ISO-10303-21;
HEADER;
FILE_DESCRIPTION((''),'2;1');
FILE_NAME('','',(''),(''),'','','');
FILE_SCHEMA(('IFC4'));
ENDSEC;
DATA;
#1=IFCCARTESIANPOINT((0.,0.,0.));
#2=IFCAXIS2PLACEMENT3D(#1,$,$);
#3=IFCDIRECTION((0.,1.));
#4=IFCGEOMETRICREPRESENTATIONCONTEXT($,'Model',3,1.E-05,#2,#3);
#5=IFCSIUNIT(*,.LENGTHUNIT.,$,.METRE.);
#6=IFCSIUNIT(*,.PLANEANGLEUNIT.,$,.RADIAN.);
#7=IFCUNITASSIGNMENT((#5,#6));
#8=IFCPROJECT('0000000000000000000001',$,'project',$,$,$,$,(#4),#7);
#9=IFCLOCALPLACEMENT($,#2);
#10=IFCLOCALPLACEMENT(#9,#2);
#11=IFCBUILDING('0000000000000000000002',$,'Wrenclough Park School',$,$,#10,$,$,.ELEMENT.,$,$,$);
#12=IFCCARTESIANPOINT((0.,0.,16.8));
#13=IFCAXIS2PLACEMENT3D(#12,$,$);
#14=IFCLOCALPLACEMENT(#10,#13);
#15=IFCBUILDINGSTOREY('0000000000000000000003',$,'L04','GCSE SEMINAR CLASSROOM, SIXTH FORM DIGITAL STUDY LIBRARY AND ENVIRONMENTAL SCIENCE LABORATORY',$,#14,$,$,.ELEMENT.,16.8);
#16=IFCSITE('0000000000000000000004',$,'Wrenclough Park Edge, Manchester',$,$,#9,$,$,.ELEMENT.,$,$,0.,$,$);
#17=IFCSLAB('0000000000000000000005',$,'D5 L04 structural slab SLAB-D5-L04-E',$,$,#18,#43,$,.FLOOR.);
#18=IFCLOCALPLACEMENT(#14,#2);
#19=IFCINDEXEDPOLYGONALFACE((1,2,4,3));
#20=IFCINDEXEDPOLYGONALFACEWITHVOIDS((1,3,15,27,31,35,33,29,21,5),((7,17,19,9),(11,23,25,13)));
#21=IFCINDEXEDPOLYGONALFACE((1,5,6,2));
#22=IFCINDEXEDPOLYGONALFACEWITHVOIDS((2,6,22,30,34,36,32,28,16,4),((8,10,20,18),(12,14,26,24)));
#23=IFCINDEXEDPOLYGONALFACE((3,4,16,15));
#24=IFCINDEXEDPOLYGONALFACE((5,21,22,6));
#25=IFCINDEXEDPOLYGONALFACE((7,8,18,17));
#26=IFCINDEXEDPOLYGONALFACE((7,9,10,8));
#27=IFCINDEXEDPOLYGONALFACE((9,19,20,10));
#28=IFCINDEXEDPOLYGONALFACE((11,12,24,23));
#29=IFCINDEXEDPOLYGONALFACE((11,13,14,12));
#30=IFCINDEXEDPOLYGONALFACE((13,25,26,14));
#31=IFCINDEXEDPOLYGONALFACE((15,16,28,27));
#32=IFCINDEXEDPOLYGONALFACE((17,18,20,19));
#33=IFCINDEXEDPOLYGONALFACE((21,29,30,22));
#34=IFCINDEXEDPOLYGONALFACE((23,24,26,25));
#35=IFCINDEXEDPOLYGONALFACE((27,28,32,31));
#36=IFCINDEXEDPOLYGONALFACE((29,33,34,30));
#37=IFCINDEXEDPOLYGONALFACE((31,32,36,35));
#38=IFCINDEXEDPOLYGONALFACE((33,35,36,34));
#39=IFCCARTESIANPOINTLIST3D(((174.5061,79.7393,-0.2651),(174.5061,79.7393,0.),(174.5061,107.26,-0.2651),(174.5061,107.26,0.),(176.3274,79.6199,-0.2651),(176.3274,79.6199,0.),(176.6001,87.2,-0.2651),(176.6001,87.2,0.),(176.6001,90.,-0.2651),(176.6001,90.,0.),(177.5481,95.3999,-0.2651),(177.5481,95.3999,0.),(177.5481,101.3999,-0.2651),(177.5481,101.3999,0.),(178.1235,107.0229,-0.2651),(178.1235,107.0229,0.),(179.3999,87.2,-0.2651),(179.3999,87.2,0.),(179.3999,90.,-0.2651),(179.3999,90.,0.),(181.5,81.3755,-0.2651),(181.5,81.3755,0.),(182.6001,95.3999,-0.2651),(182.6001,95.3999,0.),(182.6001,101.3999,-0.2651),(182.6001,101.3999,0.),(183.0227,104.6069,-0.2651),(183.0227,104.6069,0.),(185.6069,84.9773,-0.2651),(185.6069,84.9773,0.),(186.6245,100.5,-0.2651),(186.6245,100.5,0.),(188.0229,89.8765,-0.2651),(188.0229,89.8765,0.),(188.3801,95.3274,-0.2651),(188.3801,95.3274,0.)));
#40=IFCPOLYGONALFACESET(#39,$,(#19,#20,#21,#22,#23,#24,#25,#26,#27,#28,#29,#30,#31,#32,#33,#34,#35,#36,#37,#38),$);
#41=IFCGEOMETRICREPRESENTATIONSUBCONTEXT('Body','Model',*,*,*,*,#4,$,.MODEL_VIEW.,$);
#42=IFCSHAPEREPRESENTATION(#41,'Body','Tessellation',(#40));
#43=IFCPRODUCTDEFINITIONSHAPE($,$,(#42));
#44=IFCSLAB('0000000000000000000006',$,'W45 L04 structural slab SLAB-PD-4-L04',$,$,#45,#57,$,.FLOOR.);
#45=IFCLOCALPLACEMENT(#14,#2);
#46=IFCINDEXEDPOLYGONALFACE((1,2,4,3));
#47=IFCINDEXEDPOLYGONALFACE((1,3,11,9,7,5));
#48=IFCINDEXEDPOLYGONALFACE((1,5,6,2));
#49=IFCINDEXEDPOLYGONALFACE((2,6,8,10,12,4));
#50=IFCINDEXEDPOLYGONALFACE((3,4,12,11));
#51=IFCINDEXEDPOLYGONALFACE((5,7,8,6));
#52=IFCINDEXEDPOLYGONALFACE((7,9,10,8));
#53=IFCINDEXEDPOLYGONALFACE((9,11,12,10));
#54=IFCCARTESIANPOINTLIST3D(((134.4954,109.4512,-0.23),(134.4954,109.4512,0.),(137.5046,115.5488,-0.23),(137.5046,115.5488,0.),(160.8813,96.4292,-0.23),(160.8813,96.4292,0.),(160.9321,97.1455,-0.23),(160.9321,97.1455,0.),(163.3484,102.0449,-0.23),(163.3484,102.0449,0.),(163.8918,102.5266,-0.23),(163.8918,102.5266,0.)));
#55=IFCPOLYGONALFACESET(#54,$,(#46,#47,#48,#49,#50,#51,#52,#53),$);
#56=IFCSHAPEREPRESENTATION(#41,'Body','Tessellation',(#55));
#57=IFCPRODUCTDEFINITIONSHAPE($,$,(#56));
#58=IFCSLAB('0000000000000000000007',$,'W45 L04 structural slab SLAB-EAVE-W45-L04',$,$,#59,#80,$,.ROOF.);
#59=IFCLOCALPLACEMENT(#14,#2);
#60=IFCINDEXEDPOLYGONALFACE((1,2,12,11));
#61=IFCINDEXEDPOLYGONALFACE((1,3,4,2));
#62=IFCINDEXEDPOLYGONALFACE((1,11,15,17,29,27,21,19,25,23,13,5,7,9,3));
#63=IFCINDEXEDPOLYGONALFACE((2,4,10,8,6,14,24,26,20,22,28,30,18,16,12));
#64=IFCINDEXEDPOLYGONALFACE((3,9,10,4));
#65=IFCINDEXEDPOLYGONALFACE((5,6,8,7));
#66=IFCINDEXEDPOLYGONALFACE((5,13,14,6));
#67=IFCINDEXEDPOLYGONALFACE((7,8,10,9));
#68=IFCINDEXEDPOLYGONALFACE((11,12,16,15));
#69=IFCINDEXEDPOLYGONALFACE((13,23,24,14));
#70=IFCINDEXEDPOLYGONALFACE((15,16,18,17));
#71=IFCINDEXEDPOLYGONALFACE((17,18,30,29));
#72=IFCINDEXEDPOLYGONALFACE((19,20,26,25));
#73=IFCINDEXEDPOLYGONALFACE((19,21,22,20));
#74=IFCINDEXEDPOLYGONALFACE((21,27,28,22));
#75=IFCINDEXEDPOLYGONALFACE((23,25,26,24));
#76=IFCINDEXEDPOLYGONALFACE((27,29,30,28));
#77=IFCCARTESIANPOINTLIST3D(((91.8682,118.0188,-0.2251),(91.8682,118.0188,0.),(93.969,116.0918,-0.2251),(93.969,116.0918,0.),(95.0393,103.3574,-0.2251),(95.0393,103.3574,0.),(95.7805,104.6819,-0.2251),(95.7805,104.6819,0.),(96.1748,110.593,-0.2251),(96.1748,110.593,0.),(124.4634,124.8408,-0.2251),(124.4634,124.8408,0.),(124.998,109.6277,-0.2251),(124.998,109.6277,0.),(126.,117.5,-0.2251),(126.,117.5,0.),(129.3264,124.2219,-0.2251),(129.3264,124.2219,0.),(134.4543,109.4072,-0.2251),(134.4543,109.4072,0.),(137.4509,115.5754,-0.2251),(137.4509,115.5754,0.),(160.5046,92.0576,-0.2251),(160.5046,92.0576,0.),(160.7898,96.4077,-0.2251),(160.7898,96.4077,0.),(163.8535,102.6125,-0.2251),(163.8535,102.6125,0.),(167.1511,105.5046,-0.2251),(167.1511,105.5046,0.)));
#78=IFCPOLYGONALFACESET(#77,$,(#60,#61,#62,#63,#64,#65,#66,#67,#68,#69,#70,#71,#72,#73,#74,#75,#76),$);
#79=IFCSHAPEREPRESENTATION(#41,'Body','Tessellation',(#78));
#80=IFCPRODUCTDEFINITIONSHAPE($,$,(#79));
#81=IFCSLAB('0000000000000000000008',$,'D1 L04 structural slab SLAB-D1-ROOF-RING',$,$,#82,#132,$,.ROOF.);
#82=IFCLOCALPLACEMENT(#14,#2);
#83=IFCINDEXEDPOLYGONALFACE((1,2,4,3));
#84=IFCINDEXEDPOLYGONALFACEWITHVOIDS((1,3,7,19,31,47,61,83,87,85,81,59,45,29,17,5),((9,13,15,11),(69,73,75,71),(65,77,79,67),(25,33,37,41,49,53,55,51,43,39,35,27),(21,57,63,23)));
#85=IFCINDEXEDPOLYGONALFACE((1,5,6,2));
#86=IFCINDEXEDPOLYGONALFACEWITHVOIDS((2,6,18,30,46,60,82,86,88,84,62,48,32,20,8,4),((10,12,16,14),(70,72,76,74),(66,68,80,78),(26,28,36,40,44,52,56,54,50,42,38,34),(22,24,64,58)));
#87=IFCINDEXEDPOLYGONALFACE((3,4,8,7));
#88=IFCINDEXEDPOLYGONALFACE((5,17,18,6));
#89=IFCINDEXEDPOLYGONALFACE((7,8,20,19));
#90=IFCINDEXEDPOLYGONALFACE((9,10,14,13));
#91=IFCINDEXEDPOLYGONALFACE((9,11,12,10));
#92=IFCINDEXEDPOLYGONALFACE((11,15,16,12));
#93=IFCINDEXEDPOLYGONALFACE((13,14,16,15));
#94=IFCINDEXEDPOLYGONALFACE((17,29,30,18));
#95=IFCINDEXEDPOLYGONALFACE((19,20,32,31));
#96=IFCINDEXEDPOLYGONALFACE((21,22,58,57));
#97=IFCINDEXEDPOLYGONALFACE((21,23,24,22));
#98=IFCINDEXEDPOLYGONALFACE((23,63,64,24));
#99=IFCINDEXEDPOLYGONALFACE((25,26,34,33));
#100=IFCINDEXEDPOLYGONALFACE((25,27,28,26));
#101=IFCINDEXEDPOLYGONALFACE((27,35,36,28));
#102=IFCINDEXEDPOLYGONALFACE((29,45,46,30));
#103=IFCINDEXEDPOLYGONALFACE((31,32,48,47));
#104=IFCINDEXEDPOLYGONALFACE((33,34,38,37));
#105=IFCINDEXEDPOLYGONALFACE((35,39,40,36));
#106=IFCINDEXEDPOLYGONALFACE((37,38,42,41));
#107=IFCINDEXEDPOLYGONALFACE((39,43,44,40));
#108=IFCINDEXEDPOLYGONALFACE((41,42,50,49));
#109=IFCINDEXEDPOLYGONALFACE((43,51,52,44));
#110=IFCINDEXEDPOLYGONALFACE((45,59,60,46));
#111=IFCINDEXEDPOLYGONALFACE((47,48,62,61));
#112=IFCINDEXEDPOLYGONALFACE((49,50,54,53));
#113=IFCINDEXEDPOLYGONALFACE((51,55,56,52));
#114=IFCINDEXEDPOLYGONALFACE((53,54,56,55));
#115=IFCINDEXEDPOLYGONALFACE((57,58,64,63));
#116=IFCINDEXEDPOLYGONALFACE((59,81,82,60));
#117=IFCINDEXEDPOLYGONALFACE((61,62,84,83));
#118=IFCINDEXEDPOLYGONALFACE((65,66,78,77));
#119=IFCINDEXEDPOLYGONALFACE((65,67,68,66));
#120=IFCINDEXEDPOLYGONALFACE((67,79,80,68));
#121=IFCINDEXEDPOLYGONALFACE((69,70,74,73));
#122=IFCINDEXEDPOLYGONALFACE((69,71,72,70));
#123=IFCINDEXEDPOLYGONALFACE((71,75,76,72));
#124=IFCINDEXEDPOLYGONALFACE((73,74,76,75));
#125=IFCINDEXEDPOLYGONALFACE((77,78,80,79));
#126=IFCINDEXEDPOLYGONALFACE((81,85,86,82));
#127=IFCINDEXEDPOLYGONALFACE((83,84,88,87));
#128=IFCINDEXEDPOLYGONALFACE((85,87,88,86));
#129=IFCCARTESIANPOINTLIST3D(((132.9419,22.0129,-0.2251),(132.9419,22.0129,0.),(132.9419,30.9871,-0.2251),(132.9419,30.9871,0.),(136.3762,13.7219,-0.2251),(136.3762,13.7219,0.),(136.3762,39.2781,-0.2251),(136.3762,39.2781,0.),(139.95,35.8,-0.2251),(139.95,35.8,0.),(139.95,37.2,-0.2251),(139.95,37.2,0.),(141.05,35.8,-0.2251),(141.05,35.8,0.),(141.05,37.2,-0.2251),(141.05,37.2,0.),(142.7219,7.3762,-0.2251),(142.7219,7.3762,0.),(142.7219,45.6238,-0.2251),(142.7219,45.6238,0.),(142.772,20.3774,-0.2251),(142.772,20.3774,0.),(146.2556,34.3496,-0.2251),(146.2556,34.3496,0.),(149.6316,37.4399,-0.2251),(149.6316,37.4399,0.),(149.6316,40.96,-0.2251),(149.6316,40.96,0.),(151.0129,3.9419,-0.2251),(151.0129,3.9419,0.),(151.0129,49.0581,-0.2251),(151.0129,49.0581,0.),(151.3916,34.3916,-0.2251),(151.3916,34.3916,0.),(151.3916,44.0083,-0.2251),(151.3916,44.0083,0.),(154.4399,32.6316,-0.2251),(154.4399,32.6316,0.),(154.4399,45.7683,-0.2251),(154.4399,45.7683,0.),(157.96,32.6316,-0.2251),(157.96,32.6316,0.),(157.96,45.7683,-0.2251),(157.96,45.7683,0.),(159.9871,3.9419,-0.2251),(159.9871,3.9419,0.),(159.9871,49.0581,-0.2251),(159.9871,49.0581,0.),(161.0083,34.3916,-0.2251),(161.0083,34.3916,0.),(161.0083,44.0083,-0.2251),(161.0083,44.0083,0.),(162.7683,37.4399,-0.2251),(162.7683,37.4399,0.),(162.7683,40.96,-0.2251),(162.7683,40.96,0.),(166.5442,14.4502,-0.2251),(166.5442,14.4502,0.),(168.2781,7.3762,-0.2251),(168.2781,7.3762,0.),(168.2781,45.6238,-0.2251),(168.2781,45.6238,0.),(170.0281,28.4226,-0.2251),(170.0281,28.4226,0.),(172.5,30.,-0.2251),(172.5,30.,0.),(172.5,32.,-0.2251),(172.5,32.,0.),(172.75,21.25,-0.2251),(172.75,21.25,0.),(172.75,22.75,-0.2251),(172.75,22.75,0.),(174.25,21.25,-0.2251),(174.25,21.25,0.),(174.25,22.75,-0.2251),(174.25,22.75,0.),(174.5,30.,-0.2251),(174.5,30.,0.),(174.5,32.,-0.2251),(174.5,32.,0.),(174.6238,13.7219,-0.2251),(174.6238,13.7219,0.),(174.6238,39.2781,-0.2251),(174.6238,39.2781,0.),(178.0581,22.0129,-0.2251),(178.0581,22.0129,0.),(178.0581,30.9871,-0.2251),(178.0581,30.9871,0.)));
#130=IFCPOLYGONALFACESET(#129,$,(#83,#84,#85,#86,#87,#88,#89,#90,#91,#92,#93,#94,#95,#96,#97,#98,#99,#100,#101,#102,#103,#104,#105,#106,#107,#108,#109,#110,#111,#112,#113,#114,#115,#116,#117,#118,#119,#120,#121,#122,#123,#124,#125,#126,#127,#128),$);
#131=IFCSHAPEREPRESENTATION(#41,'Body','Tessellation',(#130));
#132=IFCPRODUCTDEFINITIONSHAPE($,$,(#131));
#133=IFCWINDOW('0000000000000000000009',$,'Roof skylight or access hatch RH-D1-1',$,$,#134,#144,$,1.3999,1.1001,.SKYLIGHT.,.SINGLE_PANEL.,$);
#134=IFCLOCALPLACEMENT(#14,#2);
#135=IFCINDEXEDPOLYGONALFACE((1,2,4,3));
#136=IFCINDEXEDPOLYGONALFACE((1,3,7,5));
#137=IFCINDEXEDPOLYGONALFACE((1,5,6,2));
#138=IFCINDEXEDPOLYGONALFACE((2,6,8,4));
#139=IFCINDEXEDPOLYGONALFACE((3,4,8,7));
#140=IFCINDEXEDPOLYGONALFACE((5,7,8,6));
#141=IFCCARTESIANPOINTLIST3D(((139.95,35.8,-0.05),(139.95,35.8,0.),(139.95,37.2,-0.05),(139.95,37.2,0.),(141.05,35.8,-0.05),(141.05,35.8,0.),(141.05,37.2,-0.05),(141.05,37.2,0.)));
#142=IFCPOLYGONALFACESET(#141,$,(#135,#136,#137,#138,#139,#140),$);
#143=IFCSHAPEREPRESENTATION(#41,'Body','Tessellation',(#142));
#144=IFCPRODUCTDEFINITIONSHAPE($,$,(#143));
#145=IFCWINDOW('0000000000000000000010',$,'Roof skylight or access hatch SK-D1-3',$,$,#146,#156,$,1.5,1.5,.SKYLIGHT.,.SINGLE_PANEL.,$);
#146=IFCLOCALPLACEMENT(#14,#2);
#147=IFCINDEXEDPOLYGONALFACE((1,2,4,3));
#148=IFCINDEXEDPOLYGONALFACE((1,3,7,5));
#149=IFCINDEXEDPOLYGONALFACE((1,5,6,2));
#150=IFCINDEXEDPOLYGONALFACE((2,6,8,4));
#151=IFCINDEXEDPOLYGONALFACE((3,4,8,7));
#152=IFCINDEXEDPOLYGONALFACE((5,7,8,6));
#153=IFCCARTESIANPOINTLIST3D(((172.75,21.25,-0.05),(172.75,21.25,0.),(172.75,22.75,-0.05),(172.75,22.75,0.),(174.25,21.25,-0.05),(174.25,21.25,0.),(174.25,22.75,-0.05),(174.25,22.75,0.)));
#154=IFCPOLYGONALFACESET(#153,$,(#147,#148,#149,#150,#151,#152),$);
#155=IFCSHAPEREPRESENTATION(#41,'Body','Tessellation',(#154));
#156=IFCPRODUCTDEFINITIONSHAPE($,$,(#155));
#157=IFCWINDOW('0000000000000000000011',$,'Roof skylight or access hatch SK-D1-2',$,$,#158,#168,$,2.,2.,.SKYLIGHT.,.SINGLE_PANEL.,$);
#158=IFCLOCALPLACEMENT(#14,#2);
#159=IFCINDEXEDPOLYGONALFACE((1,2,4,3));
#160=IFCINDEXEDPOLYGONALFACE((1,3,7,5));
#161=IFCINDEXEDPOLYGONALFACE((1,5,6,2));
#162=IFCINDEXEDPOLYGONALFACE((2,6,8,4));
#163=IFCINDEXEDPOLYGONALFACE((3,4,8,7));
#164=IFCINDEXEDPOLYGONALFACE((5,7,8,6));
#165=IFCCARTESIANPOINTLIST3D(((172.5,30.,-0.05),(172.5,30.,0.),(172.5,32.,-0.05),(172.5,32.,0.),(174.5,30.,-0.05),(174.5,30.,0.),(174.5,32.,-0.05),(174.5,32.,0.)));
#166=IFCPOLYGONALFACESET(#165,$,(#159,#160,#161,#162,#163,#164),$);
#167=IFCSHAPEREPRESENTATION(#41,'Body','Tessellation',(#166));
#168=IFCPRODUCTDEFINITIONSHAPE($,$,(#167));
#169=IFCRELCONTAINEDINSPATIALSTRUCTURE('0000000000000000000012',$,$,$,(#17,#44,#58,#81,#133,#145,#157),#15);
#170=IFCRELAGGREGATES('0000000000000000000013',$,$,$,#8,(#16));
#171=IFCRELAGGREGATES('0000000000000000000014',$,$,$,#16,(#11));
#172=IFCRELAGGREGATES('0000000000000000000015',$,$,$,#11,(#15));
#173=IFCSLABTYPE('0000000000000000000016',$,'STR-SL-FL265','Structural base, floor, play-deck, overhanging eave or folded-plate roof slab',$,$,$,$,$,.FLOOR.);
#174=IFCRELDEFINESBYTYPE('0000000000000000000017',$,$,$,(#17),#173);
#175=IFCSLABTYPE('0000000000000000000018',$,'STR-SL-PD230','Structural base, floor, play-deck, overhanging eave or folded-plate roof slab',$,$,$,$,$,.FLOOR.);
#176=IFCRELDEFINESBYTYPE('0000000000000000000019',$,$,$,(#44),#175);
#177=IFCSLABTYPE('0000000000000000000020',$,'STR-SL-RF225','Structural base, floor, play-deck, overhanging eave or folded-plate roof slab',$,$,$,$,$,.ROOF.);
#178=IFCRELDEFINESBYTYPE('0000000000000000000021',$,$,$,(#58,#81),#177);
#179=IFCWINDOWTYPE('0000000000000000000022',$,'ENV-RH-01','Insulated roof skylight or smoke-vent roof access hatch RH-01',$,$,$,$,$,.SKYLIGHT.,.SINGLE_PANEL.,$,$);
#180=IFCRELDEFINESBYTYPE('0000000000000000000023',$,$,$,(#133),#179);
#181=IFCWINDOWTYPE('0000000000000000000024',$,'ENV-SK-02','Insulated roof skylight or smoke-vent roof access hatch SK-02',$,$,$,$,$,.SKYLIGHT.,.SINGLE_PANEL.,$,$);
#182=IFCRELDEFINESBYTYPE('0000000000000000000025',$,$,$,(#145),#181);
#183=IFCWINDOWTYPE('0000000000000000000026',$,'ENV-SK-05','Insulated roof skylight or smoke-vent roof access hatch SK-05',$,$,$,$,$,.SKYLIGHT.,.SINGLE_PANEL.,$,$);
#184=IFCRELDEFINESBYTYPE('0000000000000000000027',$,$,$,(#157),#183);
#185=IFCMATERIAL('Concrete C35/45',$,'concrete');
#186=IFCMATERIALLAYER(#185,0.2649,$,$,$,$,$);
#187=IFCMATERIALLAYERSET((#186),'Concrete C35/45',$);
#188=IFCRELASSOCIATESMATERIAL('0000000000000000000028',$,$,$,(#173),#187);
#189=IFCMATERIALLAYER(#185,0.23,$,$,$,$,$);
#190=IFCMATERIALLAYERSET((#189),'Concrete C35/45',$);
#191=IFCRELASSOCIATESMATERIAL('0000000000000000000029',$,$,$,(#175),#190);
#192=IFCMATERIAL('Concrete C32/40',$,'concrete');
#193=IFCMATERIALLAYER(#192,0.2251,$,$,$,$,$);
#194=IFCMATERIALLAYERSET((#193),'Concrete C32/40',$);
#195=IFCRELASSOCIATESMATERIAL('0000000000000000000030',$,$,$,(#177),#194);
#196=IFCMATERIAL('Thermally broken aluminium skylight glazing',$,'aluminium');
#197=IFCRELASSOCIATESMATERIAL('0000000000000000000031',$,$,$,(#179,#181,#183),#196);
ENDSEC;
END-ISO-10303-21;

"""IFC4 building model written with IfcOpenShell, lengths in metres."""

from ifc_helpers import new_model, si_unit, direction, frame, origin, origin_2d, place, context, subcontext, project, spatial, polyline, rectangle, outline, extrude, material, layer, layer_set, type_object, element, fill, save


model = new_model("IFC4")

# Units and contexts
model_context = context("Model", 3, precision=1e-05, world=origin(), true_north=direction((0.0, 1.0)))
body_context = subcontext(model_context, "Body", "Model", "MODEL_VIEW")
ifc_project = project(units=[si_unit("LENGTHUNIT", "METRE"), si_unit("PLANEANGLEUNIT", "RADIAN")], contexts=[model_context])

# Site, building, storey
site_placement = place(None, origin())
site = spatial("IfcSite", under=ifc_project, at=site_placement, Name="Wrenclough Park Edge, Manchester", CompositionType="ELEMENT", RefElevation=0.0)
building_placement = place(site_placement, origin())
building = spatial("IfcBuilding", under=site, at=building_placement, Name="Wrenclough Park School", CompositionType="ELEMENT")
storey_placement = place(building_placement, frame((0.0, 0.0, 16.8)))
storey = spatial("IfcBuildingStorey", under=building, at=storey_placement, Name="L04", Description="GCSE SEMINAR CLASSROOM, SIXTH FORM DIGITAL STUDY LIBRARY AND ENVIRONMENTAL SCIENCE LABORATORY", CompositionType="ELEMENT", Elevation=16.8)

# Slabs
ifc_material_1 = material(Name="Concrete C32/40", Category="concrete")
ifc_material_2 = material(Name="Concrete C35/45", Category="concrete")
ifc_layer_1 = layer(ifc_material_2, 0.2649)
ifc_layer_set_1 = layer_set([ifc_layer_1], Name="Concrete C35/45")
slab_type_1 = type_object("IfcSlabType", Name="STR-SL-FL265", Description="Structural base, floor, play-deck, overhanging eave or folded-plate roof slab", PredefinedType="FLOOR", material=ifc_layer_set_1)
slab_1_placement = place(storey_placement, frame((0.0, 0.0, -0.2651)))
element("IfcSlab", 1, at=slab_1_placement, inside=storey, type_object=slab_type_1, Name="D5 L04 structural slab SLAB-D5-L04-E", PredefinedType="FLOOR", context=body_context, shape_type="SweptSolid", body=[
    extrude(outline(polyline([(178.1235, 107.0229), (174.5061, 107.26), (174.5061, 79.7393), (176.3274, 79.6199), (181.5, 81.3755), (185.6069, 84.9773), (188.0229, 89.8765), (188.3801, 95.3274), (186.6245, 100.5), (183.0227, 104.6069), (178.1235, 107.0229)]), holes=[polyline([(176.6001, 87.2), (179.3999, 87.2), (179.3999, 90.0), (176.6001, 90.0), (176.6001, 87.2)]), polyline([(177.5481, 95.3999), (182.6001, 95.3999), (182.6001, 101.3999), (177.5481, 101.3999), (177.5481, 95.3999)])]), origin(), (0.0, 0.0, 1.0), 0.2651),
])
ifc_layer_2 = layer(ifc_material_2, 0.23)
ifc_layer_set_2 = layer_set([ifc_layer_2], Name="Concrete C35/45")
slab_type_2 = type_object("IfcSlabType", Name="STR-SL-PD230", Description="Structural base, floor, play-deck, overhanging eave or folded-plate roof slab", PredefinedType="FLOOR", material=ifc_layer_set_2)
slab_2_placement = place(storey_placement, frame((0.0, 0.0, -0.23)))
element("IfcSlab", 2, at=slab_2_placement, inside=storey, type_object=slab_type_2, Name="W45 L04 structural slab SLAB-PD-4-L04", PredefinedType="FLOOR", context=body_context, shape_type="SweptSolid", body=[
    extrude(outline(polyline([(134.4954, 109.4512), (160.8813, 96.4292), (160.9321, 97.1455), (163.3484, 102.0449), (163.8918, 102.5266), (137.5046, 115.5488), (134.4954, 109.4512)])), origin(), (0.0, 0.0, 1.0), 0.23),
])
ifc_layer_3 = layer(ifc_material_1, 0.2251)
ifc_layer_set_3 = layer_set([ifc_layer_3], Name="Concrete C32/40")
slab_type_3 = type_object("IfcSlabType", Name="STR-SL-RF225", Description="Structural base, floor, play-deck, overhanging eave or folded-plate roof slab", PredefinedType="ROOF", material=ifc_layer_set_3)
slab_3_placement = place(storey_placement, frame((0.0, 0.0, -0.2251)))
element("IfcSlab", 3, at=slab_3_placement, inside=storey, type_object=slab_type_3, Name="W45 L04 structural slab SLAB-EAVE-W45-L04", PredefinedType="ROOF", context=body_context, shape_type="SweptSolid", body=[
    extrude(outline(polyline([(96.1748, 110.593), (95.7805, 104.6819), (95.0393, 103.3574), (124.998, 109.6277), (160.5046, 92.0576), (160.7898, 96.4077), (134.4543, 109.4072), (137.4509, 115.5754), (163.8535, 102.6125), (167.1511, 105.5046), (129.3264, 124.2219), (126.0, 117.5), (124.4634, 124.8408), (91.8682, 118.0188), (93.969, 116.0918), (96.1748, 110.593)])), origin(), (0.0, 0.0, 1.0), 0.2251),
])

# Slab, openings, windows
slab_4_placement = place(storey_placement, frame((0.0, 0.0, -0.2251)))
slab_4 = element("IfcSlab", 4, at=slab_4_placement, inside=storey, type_object=slab_type_3, Name="D1 L04 structural slab SLAB-D1-ROOF-RING", PredefinedType="ROOF", context=body_context, shape_type="SweptSolid", body=[
    extrude(outline(polyline([(178.0581, 30.9871), (174.6238, 39.2781), (168.2781, 45.6238), (159.9871, 49.0581), (151.0129, 49.0581), (142.7219, 45.6238), (136.3762, 39.2781), (132.9419, 30.9871), (132.9419, 22.0129), (136.3762, 13.7219), (142.7219, 7.3762), (151.0129, 3.9419), (159.9871, 3.9419), (168.2781, 7.3762), (174.6238, 13.7219), (178.0581, 22.0129), (178.0581, 30.9871)]), holes=[polyline([(166.5442, 14.4502), (170.0281, 28.4226), (146.2556, 34.3496), (142.772, 20.3774), (166.5442, 14.4502)]), polyline([(162.7683, 40.96), (161.0083, 44.0083), (157.96, 45.7683), (154.4399, 45.7683), (151.3916, 44.0083), (149.6316, 40.96), (149.6316, 37.4399), (151.3916, 34.3916), (154.4399, 32.6316), (157.96, 32.6316), (161.0083, 34.3916), (162.7683, 37.4399), (162.7683, 40.96)])]), origin(), (0.0, 0.0, 1.0), 0.2251),
])
opening_1_placement = place(slab_4_placement, frame((140.5, 36.5, -0.01)))
opening_1 = element("IfcOpeningElement", 5, at=opening_1_placement, cuts=slab_4, PredefinedType="OPENING", context=body_context, shape_type="SweptSolid", body=[
    extrude(rectangle(XDim=1.1001, YDim=1.3999, at=origin_2d()), origin(), (0.0, 0.0, 1.0), 0.2451),
])
opening_2_placement = place(slab_4_placement, frame((173.5, 31.0, -0.01)))
opening_2 = element("IfcOpeningElement", 6, at=opening_2_placement, cuts=slab_4, PredefinedType="OPENING", context=body_context, shape_type="SweptSolid", body=[
    extrude(rectangle(XDim=2.0, YDim=2.0, at=origin_2d()), origin(), (0.0, 0.0, 1.0), 0.2451),
])
opening_3_placement = place(slab_4_placement, frame((173.5, 22.0, -0.01)))
opening_3 = element("IfcOpeningElement", 7, at=opening_3_placement, cuts=slab_4, PredefinedType="OPENING", context=body_context, shape_type="SweptSolid", body=[
    extrude(rectangle(XDim=1.5, YDim=1.5, at=origin_2d()), origin(), (0.0, 0.0, 1.0), 0.2451),
])
ifc_material_3 = material(Name="Thermally broken aluminium skylight glazing", Category="aluminium")
window_type_1 = type_object("IfcWindowType", Name="ENV-RH-01", Description="Insulated roof skylight or smoke-vent roof access hatch RH-01", PartitioningType="SINGLE_PANEL", PredefinedType="SKYLIGHT", material=ifc_material_3)
placement_1 = place(slab_4_placement, frame((140.5, 36.5, 0.0)))
window_1_placement = place(placement_1, frame((0.0, 0.0, 0.175)))
window_1 = element("IfcWindow", 8, at=window_1_placement, inside=storey, type_object=window_type_1, Name="Roof skylight or access hatch RH-D1-1", OverallHeight=1.3999, OverallWidth=1.1001, PartitioningType="SINGLE_PANEL", PredefinedType="SKYLIGHT", context=body_context, shape_type="SweptSolid", body=[
    extrude(rectangle(XDim=1.1001, YDim=1.3999, at=origin_2d()), origin(), (0.0, 0.0, 1.0), 0.05),
])
fill(opening_1, window_1)
window_type_2 = type_object("IfcWindowType", Name="ENV-SK-02", Description="Insulated roof skylight or smoke-vent roof access hatch SK-02", PartitioningType="SINGLE_PANEL", PredefinedType="SKYLIGHT", material=ifc_material_3)
placement_2 = place(slab_4_placement, frame((173.5, 22.0, 0.0)))
window_2_placement = place(placement_2, frame((0.0, 0.0, 0.175)))
window_2 = element("IfcWindow", 9, at=window_2_placement, inside=storey, type_object=window_type_2, Name="Roof skylight or access hatch SK-D1-3", OverallHeight=1.5, OverallWidth=1.5, PartitioningType="SINGLE_PANEL", PredefinedType="SKYLIGHT", context=body_context, shape_type="SweptSolid", body=[
    extrude(rectangle(XDim=1.5, YDim=1.5, at=origin_2d()), origin(), (0.0, 0.0, 1.0), 0.05),
])
fill(opening_3, window_2)
window_type_3 = type_object("IfcWindowType", Name="ENV-SK-05", Description="Insulated roof skylight or smoke-vent roof access hatch SK-05", PartitioningType="SINGLE_PANEL", PredefinedType="SKYLIGHT", material=ifc_material_3)
placement_3 = place(slab_4_placement, frame((173.5, 31.0, 0.0)))
window_3_placement = place(placement_3, frame((0.0, 0.0, 0.175)))
window_3 = element("IfcWindow", 10, at=window_3_placement, inside=storey, type_object=window_type_3, Name="Roof skylight or access hatch SK-D1-2", OverallHeight=2.0, OverallWidth=2.0, PartitioningType="SINGLE_PANEL", PredefinedType="SKYLIGHT", context=body_context, shape_type="SweptSolid", body=[
    extrude(rectangle(XDim=2.0, YDim=2.0, at=origin_2d()), origin(), (0.0, 0.0, 1.0), 0.05),
])
fill(opening_2, window_3)

save(model, "model.ifc")
